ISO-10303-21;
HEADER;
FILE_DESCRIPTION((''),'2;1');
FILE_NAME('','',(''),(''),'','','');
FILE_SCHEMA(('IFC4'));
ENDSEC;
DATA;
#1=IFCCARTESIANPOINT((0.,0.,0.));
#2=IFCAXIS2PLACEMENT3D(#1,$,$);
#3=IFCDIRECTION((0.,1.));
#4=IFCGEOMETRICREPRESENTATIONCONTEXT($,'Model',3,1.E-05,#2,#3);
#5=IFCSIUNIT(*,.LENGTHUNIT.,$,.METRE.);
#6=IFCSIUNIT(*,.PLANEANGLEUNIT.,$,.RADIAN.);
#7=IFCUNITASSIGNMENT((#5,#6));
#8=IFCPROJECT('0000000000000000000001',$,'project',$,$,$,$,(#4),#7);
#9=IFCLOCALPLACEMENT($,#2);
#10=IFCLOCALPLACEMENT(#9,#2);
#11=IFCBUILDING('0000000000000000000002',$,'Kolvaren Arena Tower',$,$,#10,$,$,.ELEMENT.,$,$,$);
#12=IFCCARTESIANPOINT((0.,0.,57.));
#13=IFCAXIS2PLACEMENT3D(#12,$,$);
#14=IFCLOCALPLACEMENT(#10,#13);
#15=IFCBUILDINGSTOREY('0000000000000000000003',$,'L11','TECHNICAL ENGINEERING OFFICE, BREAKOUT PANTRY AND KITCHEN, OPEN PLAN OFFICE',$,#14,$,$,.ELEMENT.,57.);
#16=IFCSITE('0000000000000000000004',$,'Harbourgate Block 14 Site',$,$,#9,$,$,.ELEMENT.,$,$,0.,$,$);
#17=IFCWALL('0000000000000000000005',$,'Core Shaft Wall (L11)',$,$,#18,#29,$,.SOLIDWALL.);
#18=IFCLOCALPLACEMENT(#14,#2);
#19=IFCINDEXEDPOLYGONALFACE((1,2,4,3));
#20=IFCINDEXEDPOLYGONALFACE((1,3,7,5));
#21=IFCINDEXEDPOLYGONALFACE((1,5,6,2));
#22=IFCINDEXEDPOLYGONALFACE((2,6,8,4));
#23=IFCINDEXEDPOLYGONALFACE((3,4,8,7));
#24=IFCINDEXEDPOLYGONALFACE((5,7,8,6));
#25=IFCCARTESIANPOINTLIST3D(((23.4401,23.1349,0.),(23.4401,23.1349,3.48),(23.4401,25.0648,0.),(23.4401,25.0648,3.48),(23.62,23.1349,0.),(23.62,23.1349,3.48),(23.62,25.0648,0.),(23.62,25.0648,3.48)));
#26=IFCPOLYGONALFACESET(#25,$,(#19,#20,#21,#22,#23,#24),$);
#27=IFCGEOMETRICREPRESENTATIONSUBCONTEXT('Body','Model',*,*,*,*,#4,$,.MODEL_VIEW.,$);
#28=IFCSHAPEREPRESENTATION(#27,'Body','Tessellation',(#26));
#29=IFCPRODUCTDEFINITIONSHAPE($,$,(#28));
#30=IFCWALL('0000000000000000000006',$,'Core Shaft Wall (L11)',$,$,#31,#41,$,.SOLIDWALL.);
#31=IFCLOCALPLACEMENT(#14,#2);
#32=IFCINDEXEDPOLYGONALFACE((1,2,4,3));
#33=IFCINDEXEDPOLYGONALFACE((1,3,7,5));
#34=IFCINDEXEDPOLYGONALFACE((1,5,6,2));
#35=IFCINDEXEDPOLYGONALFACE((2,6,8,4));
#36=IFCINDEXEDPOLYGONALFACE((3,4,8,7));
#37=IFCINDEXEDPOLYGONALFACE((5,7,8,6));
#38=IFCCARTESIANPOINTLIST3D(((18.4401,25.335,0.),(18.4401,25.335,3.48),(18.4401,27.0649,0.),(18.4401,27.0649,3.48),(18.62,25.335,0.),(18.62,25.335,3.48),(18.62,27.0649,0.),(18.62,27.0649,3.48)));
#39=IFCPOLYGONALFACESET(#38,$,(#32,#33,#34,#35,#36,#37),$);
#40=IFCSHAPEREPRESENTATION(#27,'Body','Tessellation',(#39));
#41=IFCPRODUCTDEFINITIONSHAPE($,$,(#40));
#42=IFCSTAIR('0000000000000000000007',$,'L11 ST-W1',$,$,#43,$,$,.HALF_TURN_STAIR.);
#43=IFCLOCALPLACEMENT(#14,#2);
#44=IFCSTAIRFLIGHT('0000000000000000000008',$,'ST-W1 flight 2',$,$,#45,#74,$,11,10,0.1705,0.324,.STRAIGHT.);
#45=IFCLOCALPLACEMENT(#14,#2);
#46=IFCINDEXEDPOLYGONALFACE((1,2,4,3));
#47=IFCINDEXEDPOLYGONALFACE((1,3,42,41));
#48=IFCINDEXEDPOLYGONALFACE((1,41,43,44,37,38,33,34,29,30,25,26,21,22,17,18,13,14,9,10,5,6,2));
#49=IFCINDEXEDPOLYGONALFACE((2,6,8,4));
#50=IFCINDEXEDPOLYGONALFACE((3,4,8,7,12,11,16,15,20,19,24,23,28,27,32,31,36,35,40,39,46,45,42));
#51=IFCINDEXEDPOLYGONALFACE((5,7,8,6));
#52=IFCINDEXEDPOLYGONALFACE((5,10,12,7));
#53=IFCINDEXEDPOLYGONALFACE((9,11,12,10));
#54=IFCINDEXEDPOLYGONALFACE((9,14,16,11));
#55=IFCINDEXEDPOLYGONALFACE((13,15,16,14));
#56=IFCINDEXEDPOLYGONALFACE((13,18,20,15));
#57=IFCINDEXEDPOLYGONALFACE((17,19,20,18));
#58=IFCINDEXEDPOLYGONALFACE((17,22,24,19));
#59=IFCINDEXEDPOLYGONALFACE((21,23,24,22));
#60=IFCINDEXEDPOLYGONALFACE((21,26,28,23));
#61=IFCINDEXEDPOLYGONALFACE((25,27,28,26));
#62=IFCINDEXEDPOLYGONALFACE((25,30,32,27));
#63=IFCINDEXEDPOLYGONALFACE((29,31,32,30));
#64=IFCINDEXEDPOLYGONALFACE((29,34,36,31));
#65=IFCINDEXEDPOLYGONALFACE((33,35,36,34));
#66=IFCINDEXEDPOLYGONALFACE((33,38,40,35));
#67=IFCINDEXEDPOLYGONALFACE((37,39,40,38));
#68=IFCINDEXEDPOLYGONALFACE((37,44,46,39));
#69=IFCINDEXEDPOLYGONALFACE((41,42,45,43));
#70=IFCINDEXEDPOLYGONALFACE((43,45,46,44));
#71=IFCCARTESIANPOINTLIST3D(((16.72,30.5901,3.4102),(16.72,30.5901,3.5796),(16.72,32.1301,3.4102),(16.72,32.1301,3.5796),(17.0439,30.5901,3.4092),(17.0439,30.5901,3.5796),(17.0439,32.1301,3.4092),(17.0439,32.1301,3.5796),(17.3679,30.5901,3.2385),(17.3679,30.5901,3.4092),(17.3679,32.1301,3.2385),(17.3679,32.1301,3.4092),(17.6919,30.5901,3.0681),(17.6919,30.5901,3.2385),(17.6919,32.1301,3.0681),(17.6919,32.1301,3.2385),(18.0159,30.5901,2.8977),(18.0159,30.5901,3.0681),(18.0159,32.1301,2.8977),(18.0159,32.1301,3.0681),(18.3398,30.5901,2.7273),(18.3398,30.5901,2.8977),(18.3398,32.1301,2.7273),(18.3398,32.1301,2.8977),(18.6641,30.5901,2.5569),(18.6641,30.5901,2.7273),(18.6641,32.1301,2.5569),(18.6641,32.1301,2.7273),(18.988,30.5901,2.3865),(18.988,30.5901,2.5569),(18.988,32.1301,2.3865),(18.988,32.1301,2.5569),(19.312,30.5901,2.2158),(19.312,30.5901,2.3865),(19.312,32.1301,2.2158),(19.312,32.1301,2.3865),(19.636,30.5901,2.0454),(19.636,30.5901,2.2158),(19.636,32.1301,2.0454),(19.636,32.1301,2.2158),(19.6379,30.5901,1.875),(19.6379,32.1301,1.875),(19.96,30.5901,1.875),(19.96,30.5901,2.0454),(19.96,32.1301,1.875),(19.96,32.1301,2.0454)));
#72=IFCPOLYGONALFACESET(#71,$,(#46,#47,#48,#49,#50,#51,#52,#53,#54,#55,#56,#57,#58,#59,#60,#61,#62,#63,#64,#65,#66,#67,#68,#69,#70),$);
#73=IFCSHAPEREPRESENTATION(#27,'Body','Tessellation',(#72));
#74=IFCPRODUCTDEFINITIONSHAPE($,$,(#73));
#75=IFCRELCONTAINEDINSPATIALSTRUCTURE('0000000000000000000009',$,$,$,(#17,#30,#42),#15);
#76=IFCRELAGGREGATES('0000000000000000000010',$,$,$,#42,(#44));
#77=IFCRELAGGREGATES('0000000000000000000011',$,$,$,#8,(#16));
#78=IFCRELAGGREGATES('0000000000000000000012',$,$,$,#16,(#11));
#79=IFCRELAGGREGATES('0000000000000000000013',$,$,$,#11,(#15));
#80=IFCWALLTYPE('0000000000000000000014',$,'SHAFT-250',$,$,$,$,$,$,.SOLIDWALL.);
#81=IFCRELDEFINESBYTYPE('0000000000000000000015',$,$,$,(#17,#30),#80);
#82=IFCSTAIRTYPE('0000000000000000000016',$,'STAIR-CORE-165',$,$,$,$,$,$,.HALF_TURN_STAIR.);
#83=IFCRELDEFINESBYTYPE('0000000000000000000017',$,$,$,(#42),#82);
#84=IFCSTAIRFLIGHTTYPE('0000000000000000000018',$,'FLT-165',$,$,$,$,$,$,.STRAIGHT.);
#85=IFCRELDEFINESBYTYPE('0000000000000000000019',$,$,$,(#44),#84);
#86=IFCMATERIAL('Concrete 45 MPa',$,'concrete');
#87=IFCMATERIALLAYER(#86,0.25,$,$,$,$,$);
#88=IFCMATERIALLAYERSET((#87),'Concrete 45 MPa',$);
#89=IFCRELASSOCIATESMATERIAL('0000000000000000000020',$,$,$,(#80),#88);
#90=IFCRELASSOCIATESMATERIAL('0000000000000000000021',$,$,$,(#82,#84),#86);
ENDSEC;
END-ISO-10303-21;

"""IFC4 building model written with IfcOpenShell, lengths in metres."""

from ifc_helpers import new_model, si_unit, direction, frame, frame_2d, origin, place, context, subcontext, project, spatial, polyline, rectangle, outline, extrude, material, layer, layer_set, type_object, element, aggregate, save


model = new_model("IFC4")

# Units and contexts
model_context = context("Model", 3, precision=1e-05, world=origin(), true_north=direction((0.0, 1.0)))
body_context = subcontext(model_context, "Body", "Model", "MODEL_VIEW")
ifc_project = project(units=[si_unit("LENGTHUNIT", "METRE"), si_unit("PLANEANGLEUNIT", "RADIAN")], contexts=[model_context])

# Site, building, storey
site_placement = place(None, origin())
site = spatial("IfcSite", under=ifc_project, at=site_placement, Name="Harbourgate Block 14 Site", CompositionType="ELEMENT", RefElevation=0.0)
building_placement = place(site_placement, origin())
building = spatial("IfcBuilding", under=site, at=building_placement, Name="Kolvaren Arena Tower", CompositionType="ELEMENT")
storey_placement = place(building_placement, frame((0.0, 0.0, 57.0)))
storey = spatial("IfcBuildingStorey", under=building, at=storey_placement, Name="L11", Description="TECHNICAL ENGINEERING OFFICE, BREAKOUT PANTRY AND KITCHEN, OPEN PLAN OFFICE", CompositionType="ELEMENT", Elevation=57.0)

# Shared definitions
ifc_material_1 = material(Name="Concrete 45 MPa", Category="concrete")
ifc_layer = layer(ifc_material_1, 0.25)
ifc_layer_set = layer_set([ifc_layer], Name="Concrete 45 MPa")
wall_type = type_object("IfcWallType", Name="SHAFT-250", PredefinedType="SOLIDWALL", material=ifc_layer_set)

# Walls
for number, where, z_axis, x_axis, name in (
    (1, (23.53, 23.135, 0.0), (0.0, 0.0, 1.0), (0.0, 1.0, 0.0), "Core Shaft Wall (L11)"),
):
    element("IfcWall", number, at=place(storey_placement, frame(where, z_axis=z_axis, x_axis=x_axis)), inside=storey, type_object=wall_type, Name=name, PredefinedType="SOLIDWALL", context=body_context, shape_type="SweptSolid", body=[
        extrude(rectangle(XDim=1.9299, YDim=0.1799, at=frame_2d((0.9648, 0.0))), origin(), (0.0, 0.0, 1.0), 3.48),
    ])
wall_1_placement = place(storey_placement, frame((18.53, 25.335, 0.0), z_axis=(0.0, 0.0, 1.0), x_axis=(0.0, 1.0, 0.0)))
element("IfcWall", 2, at=wall_1_placement, inside=storey, type_object=wall_type, Name="Core Shaft Wall (L11)", PredefinedType="SOLIDWALL", context=body_context, shape_type="SweptSolid", body=[
    extrude(rectangle(XDim=1.73, YDim=0.1799, at=frame_2d((0.865, 0.0))), origin(), (0.0, 0.0, 1.0), 3.48),
])

# Stair, stair flight
stair_type = type_object("IfcStairType", Name="STAIR-CORE-165", PredefinedType="HALF_TURN_STAIR", material=ifc_material_1)
stair_placement = place(storey_placement, origin())
stair = element("IfcStair", 3, at=stair_placement, inside=storey, type_object=stair_type, Name="L11 ST-W1", PredefinedType="HALF_TURN_STAIR")
stair_flight_type = type_object("IfcStairFlightType", Name="FLT-165", PredefinedType="STRAIGHT", material=ifc_material_1)
stair_flight_placement = place(storey_placement, frame((19.96, 31.3601, 1.875), z_axis=(0.0, 0.0, 1.0), x_axis=(-1.0, 0.0, 0.0)))
stair_flight = element("IfcStairFlight", 4, at=stair_flight_placement, type_object=stair_flight_type, Name="ST-W1 flight 2", NumberOfRisers=11, NumberOfTreads=10, PredefinedType="STRAIGHT", RiserHeight=0.1705, TreadLength=0.324, context=body_context, shape_type="SweptSolid", body=[
    extrude(outline(polyline([(0.0, 0.0), (0.0, 0.1704), (0.324, 0.1704), (0.324, 0.3408), (0.6479, 0.3408), (0.6479, 0.5115), (0.9719, 0.5115), (0.9719, 0.6819), (1.2959, 0.6819), (1.2959, 0.8523), (1.6201, 0.8523), (1.6201, 1.0227), (1.9441, 1.0227), (1.9441, 1.1931), (2.2681, 1.1931), (2.2681, 1.3635), (2.592, 1.3635), (2.592, 1.5342), (2.916, 1.5342), (2.916, 1.7046), (3.24, 1.7046), (3.24, 1.875), (3.24, 1.5352), (0.322, 0.0), (0.0, 0.0)])), frame((0.0, 0.77, 0.0), z_axis=(0.0, -1.0, 0.0), x_axis=(1.0, 0.0, 0.0)), (0.0, 0.0, 1.0), 1.54),
])
aggregate(stair, [stair_flight])

save(model, "model.ifc")
